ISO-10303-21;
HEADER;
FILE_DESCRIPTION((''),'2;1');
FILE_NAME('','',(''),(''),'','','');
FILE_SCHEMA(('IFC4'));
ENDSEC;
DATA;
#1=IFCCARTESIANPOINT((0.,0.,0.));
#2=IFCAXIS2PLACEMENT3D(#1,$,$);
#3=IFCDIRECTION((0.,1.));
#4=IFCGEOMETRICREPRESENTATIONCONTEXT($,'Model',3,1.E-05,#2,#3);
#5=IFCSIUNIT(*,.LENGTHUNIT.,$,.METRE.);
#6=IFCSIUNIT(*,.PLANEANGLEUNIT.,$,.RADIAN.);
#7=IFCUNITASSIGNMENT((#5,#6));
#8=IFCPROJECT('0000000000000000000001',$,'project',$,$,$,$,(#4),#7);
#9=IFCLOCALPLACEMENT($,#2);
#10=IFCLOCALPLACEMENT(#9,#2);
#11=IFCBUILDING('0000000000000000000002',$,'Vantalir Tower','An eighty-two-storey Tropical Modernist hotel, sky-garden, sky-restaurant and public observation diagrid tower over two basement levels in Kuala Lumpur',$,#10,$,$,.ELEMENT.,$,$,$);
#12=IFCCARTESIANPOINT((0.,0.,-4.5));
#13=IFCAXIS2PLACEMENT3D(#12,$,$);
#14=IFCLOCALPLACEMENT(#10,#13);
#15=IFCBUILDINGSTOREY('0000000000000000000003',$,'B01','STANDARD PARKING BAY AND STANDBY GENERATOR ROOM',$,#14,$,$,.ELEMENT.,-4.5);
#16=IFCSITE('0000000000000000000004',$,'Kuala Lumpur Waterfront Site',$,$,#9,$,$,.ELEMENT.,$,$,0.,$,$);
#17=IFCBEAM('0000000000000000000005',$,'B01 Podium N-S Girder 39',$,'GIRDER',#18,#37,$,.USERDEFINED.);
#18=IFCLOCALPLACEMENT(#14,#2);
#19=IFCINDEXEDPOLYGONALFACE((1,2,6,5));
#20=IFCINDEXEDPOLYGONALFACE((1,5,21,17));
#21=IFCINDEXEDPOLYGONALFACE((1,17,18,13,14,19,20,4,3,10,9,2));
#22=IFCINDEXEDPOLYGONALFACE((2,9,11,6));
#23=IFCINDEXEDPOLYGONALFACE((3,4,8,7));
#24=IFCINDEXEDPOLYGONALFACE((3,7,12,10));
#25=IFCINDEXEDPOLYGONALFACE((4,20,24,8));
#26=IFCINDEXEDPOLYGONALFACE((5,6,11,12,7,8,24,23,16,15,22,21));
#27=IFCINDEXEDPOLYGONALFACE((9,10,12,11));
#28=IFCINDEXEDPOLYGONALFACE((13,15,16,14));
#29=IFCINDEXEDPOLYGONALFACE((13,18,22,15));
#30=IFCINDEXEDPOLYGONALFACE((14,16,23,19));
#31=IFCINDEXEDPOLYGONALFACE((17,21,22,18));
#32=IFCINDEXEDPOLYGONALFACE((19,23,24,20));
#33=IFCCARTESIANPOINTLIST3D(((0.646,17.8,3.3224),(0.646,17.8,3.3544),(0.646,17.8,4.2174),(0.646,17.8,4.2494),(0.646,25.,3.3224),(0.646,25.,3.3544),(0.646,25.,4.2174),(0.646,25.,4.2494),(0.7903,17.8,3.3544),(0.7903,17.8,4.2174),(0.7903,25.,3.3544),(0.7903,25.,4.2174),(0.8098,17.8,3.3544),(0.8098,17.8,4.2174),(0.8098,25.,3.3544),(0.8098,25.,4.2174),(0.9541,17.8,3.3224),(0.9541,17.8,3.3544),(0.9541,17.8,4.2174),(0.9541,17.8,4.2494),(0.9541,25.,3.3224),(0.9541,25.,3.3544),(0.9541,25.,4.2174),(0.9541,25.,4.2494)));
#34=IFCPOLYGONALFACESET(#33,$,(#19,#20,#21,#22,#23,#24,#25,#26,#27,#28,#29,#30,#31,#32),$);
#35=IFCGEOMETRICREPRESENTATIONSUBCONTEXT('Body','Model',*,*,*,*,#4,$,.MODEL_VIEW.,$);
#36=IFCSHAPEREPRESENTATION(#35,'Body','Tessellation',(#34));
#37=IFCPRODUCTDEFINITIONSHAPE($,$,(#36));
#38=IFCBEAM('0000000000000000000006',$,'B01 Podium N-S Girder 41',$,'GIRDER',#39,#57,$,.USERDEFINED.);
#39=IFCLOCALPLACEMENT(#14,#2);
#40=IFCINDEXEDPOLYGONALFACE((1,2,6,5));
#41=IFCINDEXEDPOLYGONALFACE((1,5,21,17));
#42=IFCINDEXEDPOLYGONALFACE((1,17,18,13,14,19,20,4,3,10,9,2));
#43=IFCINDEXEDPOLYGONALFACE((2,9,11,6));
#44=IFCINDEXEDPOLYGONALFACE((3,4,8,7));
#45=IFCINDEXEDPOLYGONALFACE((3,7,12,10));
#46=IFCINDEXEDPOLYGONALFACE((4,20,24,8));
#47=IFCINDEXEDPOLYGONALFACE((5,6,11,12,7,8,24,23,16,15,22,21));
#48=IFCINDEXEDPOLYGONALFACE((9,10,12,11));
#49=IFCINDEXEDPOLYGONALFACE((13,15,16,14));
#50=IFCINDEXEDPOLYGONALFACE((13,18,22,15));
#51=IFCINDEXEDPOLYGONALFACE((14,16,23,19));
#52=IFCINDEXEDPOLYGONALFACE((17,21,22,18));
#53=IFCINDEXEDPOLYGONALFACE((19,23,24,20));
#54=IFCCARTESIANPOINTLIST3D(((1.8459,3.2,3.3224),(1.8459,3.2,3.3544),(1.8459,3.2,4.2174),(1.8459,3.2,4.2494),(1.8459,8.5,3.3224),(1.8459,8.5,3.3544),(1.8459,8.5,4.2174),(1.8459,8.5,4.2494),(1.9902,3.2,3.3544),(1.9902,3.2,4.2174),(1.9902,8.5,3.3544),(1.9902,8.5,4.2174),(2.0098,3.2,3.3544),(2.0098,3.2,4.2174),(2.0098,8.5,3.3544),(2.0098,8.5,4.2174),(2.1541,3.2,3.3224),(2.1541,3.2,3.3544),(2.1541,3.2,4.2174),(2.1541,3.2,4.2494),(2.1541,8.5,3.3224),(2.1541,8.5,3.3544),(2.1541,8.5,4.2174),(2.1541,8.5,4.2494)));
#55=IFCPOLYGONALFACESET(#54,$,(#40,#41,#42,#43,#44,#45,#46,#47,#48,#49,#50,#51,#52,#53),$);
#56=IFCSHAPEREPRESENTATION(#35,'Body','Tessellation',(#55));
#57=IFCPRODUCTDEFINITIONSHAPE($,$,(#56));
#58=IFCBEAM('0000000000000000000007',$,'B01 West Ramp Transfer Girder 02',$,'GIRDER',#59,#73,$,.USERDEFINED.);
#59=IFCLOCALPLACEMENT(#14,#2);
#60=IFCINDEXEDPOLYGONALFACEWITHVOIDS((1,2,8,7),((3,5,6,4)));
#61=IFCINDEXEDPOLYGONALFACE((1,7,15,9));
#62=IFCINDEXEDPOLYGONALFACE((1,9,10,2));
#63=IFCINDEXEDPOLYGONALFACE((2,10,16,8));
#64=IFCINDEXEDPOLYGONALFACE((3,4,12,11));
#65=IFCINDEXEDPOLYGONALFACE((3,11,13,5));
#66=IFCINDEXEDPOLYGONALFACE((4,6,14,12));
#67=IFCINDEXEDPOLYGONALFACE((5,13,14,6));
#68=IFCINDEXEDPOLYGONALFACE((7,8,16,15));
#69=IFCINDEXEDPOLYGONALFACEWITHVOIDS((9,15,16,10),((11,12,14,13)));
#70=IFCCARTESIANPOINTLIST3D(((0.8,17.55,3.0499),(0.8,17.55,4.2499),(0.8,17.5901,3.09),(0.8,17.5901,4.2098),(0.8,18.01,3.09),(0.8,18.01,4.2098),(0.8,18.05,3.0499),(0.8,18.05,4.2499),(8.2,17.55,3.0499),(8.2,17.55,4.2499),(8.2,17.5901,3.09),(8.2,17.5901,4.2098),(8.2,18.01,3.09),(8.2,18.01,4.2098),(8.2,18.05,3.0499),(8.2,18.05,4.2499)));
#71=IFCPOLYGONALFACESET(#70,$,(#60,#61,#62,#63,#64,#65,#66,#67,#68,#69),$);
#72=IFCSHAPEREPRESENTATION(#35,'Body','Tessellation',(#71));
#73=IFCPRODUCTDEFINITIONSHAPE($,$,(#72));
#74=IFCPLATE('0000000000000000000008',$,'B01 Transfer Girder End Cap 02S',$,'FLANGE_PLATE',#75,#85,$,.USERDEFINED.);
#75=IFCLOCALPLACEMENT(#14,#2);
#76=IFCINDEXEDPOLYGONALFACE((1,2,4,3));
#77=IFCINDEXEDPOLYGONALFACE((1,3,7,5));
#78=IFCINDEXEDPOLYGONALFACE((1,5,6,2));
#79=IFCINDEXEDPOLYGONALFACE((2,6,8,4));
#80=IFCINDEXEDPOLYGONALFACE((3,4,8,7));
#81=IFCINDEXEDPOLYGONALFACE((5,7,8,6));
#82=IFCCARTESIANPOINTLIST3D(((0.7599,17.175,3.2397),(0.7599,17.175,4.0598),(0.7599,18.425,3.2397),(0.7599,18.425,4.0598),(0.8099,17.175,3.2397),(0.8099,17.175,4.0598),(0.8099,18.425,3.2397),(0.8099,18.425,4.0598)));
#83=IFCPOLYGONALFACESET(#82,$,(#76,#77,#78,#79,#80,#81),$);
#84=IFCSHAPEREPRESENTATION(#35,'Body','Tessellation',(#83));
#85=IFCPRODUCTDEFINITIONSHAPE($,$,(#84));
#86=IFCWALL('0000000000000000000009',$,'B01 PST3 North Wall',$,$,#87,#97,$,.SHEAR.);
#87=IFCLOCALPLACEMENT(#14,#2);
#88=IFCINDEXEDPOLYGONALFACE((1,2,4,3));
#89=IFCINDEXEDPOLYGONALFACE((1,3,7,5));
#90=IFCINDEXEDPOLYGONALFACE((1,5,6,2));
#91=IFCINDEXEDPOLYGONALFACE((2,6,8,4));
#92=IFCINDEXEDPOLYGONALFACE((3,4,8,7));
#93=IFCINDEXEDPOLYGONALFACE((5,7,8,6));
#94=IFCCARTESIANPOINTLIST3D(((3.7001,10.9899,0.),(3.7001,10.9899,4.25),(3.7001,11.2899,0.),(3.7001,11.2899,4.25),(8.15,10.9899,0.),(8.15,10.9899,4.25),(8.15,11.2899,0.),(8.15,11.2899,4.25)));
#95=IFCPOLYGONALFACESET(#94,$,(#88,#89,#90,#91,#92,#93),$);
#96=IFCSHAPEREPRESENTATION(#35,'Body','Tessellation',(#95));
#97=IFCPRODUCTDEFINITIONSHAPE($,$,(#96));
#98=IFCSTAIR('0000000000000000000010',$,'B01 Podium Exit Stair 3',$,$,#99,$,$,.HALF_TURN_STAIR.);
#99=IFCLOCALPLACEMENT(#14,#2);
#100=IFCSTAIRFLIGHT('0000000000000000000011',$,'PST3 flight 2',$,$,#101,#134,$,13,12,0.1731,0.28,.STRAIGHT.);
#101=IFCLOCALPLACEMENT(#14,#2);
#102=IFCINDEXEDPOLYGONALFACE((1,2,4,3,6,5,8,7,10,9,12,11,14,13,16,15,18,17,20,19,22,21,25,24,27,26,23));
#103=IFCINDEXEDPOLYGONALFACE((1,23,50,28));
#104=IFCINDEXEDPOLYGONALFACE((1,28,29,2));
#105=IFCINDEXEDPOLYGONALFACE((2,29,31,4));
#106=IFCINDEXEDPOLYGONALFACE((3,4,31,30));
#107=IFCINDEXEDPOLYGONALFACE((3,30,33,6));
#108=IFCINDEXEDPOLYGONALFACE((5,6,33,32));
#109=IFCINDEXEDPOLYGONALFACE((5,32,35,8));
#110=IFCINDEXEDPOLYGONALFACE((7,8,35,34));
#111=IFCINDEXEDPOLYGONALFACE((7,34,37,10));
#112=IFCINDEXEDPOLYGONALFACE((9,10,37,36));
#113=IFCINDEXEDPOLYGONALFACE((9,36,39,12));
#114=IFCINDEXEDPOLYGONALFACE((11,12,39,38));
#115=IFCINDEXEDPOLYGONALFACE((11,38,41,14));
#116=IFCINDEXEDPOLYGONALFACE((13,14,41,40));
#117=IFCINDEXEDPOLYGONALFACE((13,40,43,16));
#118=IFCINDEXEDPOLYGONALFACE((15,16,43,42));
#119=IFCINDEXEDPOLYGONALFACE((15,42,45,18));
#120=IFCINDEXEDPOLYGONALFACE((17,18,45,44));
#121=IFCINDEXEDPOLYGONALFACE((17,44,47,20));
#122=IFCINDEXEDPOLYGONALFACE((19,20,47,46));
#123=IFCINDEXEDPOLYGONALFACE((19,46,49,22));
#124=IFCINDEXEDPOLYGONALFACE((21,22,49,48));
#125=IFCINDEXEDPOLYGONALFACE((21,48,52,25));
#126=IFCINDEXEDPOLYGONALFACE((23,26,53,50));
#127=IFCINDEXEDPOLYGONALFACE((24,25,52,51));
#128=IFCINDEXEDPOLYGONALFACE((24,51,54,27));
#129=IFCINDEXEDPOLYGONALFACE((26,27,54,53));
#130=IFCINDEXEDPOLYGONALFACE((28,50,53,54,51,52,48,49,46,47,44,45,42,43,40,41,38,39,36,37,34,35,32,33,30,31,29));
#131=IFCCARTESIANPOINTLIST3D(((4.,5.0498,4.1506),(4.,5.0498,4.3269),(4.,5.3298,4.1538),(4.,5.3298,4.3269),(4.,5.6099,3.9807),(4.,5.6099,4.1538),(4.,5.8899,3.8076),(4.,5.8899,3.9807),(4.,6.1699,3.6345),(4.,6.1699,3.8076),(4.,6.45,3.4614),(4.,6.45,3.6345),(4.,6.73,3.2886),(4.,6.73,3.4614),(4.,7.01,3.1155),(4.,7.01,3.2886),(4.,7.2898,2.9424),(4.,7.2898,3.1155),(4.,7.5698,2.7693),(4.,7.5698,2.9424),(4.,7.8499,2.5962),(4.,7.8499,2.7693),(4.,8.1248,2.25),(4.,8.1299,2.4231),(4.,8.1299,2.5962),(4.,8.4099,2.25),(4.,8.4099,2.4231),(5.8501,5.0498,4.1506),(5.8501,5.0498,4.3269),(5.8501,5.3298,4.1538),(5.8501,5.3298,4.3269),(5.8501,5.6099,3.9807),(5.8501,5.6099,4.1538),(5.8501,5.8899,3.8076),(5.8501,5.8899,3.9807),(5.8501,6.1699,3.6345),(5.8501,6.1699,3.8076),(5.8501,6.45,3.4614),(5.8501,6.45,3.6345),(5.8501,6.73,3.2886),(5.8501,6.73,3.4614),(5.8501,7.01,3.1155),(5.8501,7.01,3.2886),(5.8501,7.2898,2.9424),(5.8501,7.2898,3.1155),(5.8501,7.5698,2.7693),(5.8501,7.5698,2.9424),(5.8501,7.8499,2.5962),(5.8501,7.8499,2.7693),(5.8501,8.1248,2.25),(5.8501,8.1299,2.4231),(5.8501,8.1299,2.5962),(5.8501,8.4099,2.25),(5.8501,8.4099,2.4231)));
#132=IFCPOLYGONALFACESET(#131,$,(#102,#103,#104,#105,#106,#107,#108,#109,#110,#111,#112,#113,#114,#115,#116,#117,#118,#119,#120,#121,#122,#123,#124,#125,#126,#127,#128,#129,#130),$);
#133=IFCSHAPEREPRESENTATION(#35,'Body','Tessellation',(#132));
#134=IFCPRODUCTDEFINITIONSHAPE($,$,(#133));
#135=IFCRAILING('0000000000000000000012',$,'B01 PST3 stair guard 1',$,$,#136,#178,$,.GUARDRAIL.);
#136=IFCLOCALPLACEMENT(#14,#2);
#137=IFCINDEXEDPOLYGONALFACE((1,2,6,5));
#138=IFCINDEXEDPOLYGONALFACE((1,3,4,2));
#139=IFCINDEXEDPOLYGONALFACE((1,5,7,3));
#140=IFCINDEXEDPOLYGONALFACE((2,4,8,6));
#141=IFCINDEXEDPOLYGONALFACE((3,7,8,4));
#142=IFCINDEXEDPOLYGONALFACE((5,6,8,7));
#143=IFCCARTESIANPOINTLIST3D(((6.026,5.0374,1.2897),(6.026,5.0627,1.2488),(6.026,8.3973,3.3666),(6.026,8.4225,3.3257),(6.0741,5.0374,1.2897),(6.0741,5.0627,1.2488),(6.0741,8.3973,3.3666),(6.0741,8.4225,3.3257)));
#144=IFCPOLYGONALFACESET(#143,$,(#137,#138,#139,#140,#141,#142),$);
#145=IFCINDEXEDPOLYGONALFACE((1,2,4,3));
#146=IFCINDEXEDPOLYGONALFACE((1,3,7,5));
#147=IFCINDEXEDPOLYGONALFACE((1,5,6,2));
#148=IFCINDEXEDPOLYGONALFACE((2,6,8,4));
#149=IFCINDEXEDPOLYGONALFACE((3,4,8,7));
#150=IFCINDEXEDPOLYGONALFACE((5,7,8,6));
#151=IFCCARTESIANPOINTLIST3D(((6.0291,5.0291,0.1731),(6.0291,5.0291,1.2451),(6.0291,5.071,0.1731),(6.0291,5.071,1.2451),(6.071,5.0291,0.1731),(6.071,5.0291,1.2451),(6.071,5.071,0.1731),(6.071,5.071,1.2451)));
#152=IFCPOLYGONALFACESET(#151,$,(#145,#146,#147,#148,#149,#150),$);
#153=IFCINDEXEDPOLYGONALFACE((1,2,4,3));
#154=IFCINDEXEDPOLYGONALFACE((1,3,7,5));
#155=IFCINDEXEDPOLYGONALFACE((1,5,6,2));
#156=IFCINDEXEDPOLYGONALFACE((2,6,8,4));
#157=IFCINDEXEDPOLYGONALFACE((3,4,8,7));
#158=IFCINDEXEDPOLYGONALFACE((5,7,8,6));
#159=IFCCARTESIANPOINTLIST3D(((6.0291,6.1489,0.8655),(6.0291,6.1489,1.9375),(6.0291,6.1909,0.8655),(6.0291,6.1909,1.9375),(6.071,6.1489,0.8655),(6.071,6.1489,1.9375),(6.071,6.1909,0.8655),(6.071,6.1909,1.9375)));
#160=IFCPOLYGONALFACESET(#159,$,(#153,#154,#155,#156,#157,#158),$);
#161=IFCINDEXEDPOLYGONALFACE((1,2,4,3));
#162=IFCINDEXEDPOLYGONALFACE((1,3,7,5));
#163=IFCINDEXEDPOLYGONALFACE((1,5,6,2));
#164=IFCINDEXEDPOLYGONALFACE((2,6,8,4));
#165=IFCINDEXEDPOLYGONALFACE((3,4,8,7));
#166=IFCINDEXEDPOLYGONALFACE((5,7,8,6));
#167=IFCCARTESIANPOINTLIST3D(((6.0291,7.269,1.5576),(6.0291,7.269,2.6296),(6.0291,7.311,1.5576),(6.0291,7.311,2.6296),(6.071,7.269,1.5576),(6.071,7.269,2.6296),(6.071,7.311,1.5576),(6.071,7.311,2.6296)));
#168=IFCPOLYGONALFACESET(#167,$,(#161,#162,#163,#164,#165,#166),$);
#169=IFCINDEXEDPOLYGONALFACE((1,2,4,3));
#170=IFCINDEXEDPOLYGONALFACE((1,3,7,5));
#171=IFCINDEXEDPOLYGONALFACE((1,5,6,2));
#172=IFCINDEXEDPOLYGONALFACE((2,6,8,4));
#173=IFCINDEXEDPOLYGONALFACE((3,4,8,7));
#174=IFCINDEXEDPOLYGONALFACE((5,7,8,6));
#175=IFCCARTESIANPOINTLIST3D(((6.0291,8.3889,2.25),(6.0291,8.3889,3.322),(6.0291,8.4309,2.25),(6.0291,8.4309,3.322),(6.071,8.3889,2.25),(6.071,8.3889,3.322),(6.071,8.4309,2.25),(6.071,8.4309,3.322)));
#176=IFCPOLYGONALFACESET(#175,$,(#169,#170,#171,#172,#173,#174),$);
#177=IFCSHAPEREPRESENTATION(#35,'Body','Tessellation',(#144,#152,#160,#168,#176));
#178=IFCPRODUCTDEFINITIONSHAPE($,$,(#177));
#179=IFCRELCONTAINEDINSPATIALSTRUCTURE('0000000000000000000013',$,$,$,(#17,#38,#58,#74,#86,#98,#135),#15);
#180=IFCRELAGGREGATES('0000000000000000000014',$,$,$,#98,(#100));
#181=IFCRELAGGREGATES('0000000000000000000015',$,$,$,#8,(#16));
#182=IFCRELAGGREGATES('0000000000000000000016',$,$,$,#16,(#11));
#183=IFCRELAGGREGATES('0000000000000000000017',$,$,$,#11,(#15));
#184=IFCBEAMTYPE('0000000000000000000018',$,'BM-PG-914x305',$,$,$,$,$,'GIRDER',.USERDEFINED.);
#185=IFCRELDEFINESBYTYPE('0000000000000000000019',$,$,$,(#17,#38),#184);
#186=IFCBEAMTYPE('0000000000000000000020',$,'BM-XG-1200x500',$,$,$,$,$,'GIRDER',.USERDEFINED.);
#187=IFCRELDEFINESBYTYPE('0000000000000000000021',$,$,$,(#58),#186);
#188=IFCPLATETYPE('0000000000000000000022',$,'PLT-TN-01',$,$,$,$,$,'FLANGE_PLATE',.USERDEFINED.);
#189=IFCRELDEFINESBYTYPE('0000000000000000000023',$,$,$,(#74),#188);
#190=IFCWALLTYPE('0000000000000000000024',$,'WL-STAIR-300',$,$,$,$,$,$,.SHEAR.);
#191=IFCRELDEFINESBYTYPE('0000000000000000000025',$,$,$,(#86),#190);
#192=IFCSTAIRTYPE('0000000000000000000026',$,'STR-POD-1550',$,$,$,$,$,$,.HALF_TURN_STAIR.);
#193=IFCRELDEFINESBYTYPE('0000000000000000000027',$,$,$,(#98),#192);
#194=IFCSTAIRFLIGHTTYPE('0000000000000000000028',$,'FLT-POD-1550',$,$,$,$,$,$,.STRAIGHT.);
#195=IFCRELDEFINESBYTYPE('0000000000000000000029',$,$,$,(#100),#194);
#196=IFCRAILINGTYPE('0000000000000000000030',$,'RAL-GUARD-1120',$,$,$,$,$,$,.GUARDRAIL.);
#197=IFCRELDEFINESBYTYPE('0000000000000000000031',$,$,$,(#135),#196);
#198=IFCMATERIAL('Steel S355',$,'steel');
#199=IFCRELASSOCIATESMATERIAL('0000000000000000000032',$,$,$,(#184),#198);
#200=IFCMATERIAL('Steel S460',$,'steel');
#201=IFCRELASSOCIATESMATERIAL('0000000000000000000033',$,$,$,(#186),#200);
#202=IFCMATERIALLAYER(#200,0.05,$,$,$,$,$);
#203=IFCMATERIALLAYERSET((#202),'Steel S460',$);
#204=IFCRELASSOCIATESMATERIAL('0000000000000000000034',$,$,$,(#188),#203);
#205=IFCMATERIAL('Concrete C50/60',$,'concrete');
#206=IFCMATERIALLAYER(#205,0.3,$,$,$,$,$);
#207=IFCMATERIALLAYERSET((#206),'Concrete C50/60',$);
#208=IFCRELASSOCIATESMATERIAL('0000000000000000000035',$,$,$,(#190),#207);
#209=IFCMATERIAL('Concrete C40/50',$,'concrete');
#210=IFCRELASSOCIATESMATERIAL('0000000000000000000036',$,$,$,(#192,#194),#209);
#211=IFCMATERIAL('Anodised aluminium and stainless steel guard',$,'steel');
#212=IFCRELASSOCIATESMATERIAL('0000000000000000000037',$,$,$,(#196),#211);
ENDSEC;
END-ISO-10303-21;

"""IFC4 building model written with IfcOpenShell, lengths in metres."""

from ifc_helpers import new_model, si_unit, direction, frame, frame_2d, origin, origin_2d, place, context, subcontext, project, spatial, polyline, rectangle, hollow_rectangle, i_section, outline, extrude, material, layer, layer_set, material_profile, profile_set, type_object, element, aggregate, save


model = new_model("IFC4")

# Units and contexts
model_context = context("Model", 3, precision=1e-05, world=origin(), true_north=direction((0.0, 1.0)))
body_context = subcontext(model_context, "Body", "Model", "MODEL_VIEW")
ifc_project = project(units=[si_unit("LENGTHUNIT", "METRE"), si_unit("PLANEANGLEUNIT", "RADIAN")], contexts=[model_context])

# Site, building, storey
site_placement = place(None, origin())
site = spatial("IfcSite", under=ifc_project, at=site_placement, Name="Kuala Lumpur Waterfront Site", CompositionType="ELEMENT", RefElevation=0.0)
building_placement = place(site_placement, origin())
building = spatial("IfcBuilding", under=site, at=building_placement, Name="Vantalir Tower", Description="An eighty-two-storey Tropical Modernist hotel, sky-garden, sky-restaurant and public observation diagrid tower over two basement levels in Kuala Lumpur", CompositionType="ELEMENT")
storey_placement = place(building_placement, frame((0.0, 0.0, -4.5)))
storey = spatial("IfcBuildingStorey", under=building, at=storey_placement, Name="B01", Description="STANDARD PARKING BAY AND STANDBY GENERATOR ROOM", CompositionType="ELEMENT", Elevation=-4.5)

# Shared definitions
ifc_material_1 = material(Name="Concrete C50/60", Category="concrete")

# Beams
ifc_material_2 = material(Name="Steel S355", Category="steel")
ifc_material_profile_1 = material_profile(ifc_material_2, i_section(OverallWidth=0.3081, OverallDepth=0.927, WebThickness=0.0195, FlangeThickness=0.032, at=origin_2d()), Name="Steel S355")
ifc_profile_set_1 = profile_set([ifc_material_profile_1], Name="Steel S355")
beam_type_1 = type_object("IfcBeamType", Name="BM-PG-914x305", ElementType="GIRDER", PredefinedType="USERDEFINED", material=ifc_profile_set_1)
beam_1_placement = place(storey_placement, frame((0.8, 17.8, 3.7859), z_axis=(0.0, 1.0, 0.0), x_axis=(-1.0, 0.0, 0.0)))
element("IfcBeam", 1, at=beam_1_placement, inside=storey, type_object=beam_type_1, Name="B01 Podium N-S Girder 39", ObjectType="GIRDER", PredefinedType="USERDEFINED", context=body_context, shape_type="SweptSolid", body=[
    extrude(i_section(OverallWidth=0.3081, OverallDepth=0.927, WebThickness=0.0195, FlangeThickness=0.032, at=origin_2d()), origin(), (0.0, 0.0, 1.0), 7.2),
])
beam_2_placement = place(storey_placement, frame((2.0, 3.2, 3.7859), z_axis=(0.0, 1.0, 0.0), x_axis=(-1.0, 0.0, 0.0)))
element("IfcBeam", 2, at=beam_2_placement, inside=storey, type_object=beam_type_1, Name="B01 Podium N-S Girder 41", ObjectType="GIRDER", PredefinedType="USERDEFINED", context=body_context, shape_type="SweptSolid", body=[
    extrude(i_section(OverallWidth=0.3081, OverallDepth=0.927, WebThickness=0.0195, FlangeThickness=0.032, at=origin_2d()), origin(), (0.0, 0.0, 1.0), 5.3),
])
ifc_material_3 = material(Name="Steel S460", Category="steel")
ifc_material_profile_2 = material_profile(ifc_material_3, hollow_rectangle(XDim=0.5, YDim=1.2, WallThickness=0.04, at=origin_2d()), Name="Steel S460")
ifc_profile_set_2 = profile_set([ifc_material_profile_2], Name="Steel S460")
beam_type_2 = type_object("IfcBeamType", Name="BM-XG-1200x500", ElementType="GIRDER", PredefinedType="USERDEFINED", material=ifc_profile_set_2)
beam_3_placement = place(storey_placement, frame((0.8, 17.8, 3.6499), z_axis=(1.0, 0.0, 0.0), x_axis=(0.0, 1.0, 0.0)))
element("IfcBeam", 3, at=beam_3_placement, inside=storey, type_object=beam_type_2, Name="B01 West Ramp Transfer Girder 02", ObjectType="GIRDER", PredefinedType="USERDEFINED", context=body_context, shape_type="SweptSolid", body=[
    extrude(hollow_rectangle(XDim=0.5, YDim=1.2, WallThickness=0.04, at=origin_2d()), origin(), (0.0, 0.0, 1.0), 7.3999),
])

# Plate
ifc_layer_1 = layer(ifc_material_3, 0.05)
ifc_layer_set_1 = layer_set([ifc_layer_1], Name="Steel S460")
plate_type = type_object("IfcPlateType", Name="PLT-TN-01", ElementType="FLANGE_PLATE", PredefinedType="USERDEFINED", material=ifc_layer_set_1)
plate_placement = place(storey_placement, frame((0.7849, 17.8, 3.2397), z_axis=(0.0, 0.0, 1.0), x_axis=(1.0, 0.0, 0.0)))
element("IfcPlate", 4, at=plate_placement, inside=storey, type_object=plate_type, Name="B01 Transfer Girder End Cap 02S", ObjectType="FLANGE_PLATE", PredefinedType="USERDEFINED", context=body_context, shape_type="SweptSolid", body=[
    extrude(rectangle(XDim=0.05, YDim=1.25, at=origin_2d()), origin(), (0.0, 0.0, 1.0), 0.8201),
])

# Wall
ifc_layer_2 = layer(ifc_material_1, 0.3)
ifc_layer_set_2 = layer_set([ifc_layer_2], Name="Concrete C50/60")
wall_type = type_object("IfcWallType", Name="WL-STAIR-300", PredefinedType="SHEAR", material=ifc_layer_set_2)
wall_placement = place(storey_placement, frame((3.7, 11.1399, 0.0), z_axis=(0.0, 0.0, 1.0), x_axis=(1.0, 0.0, 0.0)))
element("IfcWall", 5, at=wall_placement, inside=storey, type_object=wall_type, Name="B01 PST3 North Wall", PredefinedType="SHEAR", context=body_context, shape_type="SweptSolid", body=[
    extrude(rectangle(XDim=4.45, YDim=0.3, at=frame_2d((2.2251, 0.0))), origin(), (0.0, 0.0, 1.0), 4.25),
])

# Stair, stair flight
ifc_material_4 = material(Name="Concrete C40/50", Category="concrete")
stair_type = type_object("IfcStairType", Name="STR-POD-1550", PredefinedType="HALF_TURN_STAIR", material=ifc_material_4)
stair_placement = place(storey_placement, origin())
stair = element("IfcStair", 6, at=stair_placement, inside=storey, type_object=stair_type, Name="B01 Podium Exit Stair 3", PredefinedType="HALF_TURN_STAIR")
stair_flight_type = type_object("IfcStairFlightType", Name="FLT-POD-1550", PredefinedType="STRAIGHT", material=ifc_material_4)
stair_flight_placement = place(storey_placement, frame((4.925, 8.4099, 2.25), z_axis=(0.0, 0.0, 1.0), x_axis=(0.0, -1.0, 0.0)))
stair_flight = element("IfcStairFlight", 7, at=stair_flight_placement, type_object=stair_flight_type, Name="PST3 flight 2", NumberOfRisers=13, NumberOfTreads=12, PredefinedType="STRAIGHT", RiserHeight=0.1731, TreadLength=0.28, context=body_context, shape_type="SweptSolid", body=[
    extrude(outline(polyline([(0.0, 0.0), (0.0, 0.1731), (0.28, 0.1731), (0.28, 0.3462), (0.5601, 0.3462), (0.5601, 0.5193), (0.8401, 0.5193), (0.8401, 0.6924), (1.1201, 0.6924), (1.1201, 0.8655), (1.3999, 0.8655), (1.3999, 1.0386), (1.6799, 1.0386), (1.6799, 1.2114), (1.96, 1.2114), (1.96, 1.3845), (2.24, 1.3845), (2.24, 1.5576), (2.52, 1.5576), (2.52, 1.7307), (2.8, 1.7307), (2.8, 1.9038), (3.0801, 1.9038), (3.0801, 2.0769), (3.3601, 2.0769), (3.3601, 2.25), (3.3601, 1.9006), (0.2852, 0.0), (0.0, 0.0)])), frame((0.0, 0.925, 0.0), z_axis=(0.0, -1.0, 0.0), x_axis=(1.0, 0.0, 0.0)), (0.0, 0.0, 1.0), 1.8501),
])
aggregate(stair, [stair_flight])

# Railing
ifc_material_5 = material(Name="Anodised aluminium and stainless steel guard", Category="steel")
railing_type_1 = type_object("IfcRailingType", Name="RAL-GUARD-1120", PredefinedType="GUARDRAIL", material=ifc_material_5)
railing_1_placement = place(storey_placement, frame((6.05, 5.05, 0.1731)))
element("IfcRailing", 8, at=railing_1_placement, inside=storey, type_object=railing_type_1, Name="B01 PST3 stair guard 1", PredefinedType="GUARDRAIL", context=body_context, shape_type="SweptSolid", body=[
    extrude(rectangle(XDim=0.0481, YDim=0.0481, at=origin_2d()), frame((0.0, 0.0, 1.0962), z_axis=(0.0, 0.850606, 0.525803), x_axis=(-1.0, 0.0, 0.0)), (0.0, 0.0, 1.0), 3.95),
    extrude(rectangle(XDim=0.042, YDim=0.042, at=origin_2d()), origin(), (0.0, 0.0, 1.0), 1.072),
    extrude(rectangle(XDim=0.042, YDim=0.042, at=origin_2d()), frame((0.0, 1.1199, 0.6924)), (0.0, 0.0, 1.0), 1.072),
    extrude(rectangle(XDim=0.042, YDim=0.042, at=origin_2d()), frame((0.0, 2.24, 1.3845)), (0.0, 0.0, 1.0), 1.072),
    extrude(rectangle(XDim=0.042, YDim=0.042, at=origin_2d()), frame((0.0, 3.3599, 2.0769)), (0.0, 0.0, 1.0), 1.072),
])

save(model, "model.ifc")
